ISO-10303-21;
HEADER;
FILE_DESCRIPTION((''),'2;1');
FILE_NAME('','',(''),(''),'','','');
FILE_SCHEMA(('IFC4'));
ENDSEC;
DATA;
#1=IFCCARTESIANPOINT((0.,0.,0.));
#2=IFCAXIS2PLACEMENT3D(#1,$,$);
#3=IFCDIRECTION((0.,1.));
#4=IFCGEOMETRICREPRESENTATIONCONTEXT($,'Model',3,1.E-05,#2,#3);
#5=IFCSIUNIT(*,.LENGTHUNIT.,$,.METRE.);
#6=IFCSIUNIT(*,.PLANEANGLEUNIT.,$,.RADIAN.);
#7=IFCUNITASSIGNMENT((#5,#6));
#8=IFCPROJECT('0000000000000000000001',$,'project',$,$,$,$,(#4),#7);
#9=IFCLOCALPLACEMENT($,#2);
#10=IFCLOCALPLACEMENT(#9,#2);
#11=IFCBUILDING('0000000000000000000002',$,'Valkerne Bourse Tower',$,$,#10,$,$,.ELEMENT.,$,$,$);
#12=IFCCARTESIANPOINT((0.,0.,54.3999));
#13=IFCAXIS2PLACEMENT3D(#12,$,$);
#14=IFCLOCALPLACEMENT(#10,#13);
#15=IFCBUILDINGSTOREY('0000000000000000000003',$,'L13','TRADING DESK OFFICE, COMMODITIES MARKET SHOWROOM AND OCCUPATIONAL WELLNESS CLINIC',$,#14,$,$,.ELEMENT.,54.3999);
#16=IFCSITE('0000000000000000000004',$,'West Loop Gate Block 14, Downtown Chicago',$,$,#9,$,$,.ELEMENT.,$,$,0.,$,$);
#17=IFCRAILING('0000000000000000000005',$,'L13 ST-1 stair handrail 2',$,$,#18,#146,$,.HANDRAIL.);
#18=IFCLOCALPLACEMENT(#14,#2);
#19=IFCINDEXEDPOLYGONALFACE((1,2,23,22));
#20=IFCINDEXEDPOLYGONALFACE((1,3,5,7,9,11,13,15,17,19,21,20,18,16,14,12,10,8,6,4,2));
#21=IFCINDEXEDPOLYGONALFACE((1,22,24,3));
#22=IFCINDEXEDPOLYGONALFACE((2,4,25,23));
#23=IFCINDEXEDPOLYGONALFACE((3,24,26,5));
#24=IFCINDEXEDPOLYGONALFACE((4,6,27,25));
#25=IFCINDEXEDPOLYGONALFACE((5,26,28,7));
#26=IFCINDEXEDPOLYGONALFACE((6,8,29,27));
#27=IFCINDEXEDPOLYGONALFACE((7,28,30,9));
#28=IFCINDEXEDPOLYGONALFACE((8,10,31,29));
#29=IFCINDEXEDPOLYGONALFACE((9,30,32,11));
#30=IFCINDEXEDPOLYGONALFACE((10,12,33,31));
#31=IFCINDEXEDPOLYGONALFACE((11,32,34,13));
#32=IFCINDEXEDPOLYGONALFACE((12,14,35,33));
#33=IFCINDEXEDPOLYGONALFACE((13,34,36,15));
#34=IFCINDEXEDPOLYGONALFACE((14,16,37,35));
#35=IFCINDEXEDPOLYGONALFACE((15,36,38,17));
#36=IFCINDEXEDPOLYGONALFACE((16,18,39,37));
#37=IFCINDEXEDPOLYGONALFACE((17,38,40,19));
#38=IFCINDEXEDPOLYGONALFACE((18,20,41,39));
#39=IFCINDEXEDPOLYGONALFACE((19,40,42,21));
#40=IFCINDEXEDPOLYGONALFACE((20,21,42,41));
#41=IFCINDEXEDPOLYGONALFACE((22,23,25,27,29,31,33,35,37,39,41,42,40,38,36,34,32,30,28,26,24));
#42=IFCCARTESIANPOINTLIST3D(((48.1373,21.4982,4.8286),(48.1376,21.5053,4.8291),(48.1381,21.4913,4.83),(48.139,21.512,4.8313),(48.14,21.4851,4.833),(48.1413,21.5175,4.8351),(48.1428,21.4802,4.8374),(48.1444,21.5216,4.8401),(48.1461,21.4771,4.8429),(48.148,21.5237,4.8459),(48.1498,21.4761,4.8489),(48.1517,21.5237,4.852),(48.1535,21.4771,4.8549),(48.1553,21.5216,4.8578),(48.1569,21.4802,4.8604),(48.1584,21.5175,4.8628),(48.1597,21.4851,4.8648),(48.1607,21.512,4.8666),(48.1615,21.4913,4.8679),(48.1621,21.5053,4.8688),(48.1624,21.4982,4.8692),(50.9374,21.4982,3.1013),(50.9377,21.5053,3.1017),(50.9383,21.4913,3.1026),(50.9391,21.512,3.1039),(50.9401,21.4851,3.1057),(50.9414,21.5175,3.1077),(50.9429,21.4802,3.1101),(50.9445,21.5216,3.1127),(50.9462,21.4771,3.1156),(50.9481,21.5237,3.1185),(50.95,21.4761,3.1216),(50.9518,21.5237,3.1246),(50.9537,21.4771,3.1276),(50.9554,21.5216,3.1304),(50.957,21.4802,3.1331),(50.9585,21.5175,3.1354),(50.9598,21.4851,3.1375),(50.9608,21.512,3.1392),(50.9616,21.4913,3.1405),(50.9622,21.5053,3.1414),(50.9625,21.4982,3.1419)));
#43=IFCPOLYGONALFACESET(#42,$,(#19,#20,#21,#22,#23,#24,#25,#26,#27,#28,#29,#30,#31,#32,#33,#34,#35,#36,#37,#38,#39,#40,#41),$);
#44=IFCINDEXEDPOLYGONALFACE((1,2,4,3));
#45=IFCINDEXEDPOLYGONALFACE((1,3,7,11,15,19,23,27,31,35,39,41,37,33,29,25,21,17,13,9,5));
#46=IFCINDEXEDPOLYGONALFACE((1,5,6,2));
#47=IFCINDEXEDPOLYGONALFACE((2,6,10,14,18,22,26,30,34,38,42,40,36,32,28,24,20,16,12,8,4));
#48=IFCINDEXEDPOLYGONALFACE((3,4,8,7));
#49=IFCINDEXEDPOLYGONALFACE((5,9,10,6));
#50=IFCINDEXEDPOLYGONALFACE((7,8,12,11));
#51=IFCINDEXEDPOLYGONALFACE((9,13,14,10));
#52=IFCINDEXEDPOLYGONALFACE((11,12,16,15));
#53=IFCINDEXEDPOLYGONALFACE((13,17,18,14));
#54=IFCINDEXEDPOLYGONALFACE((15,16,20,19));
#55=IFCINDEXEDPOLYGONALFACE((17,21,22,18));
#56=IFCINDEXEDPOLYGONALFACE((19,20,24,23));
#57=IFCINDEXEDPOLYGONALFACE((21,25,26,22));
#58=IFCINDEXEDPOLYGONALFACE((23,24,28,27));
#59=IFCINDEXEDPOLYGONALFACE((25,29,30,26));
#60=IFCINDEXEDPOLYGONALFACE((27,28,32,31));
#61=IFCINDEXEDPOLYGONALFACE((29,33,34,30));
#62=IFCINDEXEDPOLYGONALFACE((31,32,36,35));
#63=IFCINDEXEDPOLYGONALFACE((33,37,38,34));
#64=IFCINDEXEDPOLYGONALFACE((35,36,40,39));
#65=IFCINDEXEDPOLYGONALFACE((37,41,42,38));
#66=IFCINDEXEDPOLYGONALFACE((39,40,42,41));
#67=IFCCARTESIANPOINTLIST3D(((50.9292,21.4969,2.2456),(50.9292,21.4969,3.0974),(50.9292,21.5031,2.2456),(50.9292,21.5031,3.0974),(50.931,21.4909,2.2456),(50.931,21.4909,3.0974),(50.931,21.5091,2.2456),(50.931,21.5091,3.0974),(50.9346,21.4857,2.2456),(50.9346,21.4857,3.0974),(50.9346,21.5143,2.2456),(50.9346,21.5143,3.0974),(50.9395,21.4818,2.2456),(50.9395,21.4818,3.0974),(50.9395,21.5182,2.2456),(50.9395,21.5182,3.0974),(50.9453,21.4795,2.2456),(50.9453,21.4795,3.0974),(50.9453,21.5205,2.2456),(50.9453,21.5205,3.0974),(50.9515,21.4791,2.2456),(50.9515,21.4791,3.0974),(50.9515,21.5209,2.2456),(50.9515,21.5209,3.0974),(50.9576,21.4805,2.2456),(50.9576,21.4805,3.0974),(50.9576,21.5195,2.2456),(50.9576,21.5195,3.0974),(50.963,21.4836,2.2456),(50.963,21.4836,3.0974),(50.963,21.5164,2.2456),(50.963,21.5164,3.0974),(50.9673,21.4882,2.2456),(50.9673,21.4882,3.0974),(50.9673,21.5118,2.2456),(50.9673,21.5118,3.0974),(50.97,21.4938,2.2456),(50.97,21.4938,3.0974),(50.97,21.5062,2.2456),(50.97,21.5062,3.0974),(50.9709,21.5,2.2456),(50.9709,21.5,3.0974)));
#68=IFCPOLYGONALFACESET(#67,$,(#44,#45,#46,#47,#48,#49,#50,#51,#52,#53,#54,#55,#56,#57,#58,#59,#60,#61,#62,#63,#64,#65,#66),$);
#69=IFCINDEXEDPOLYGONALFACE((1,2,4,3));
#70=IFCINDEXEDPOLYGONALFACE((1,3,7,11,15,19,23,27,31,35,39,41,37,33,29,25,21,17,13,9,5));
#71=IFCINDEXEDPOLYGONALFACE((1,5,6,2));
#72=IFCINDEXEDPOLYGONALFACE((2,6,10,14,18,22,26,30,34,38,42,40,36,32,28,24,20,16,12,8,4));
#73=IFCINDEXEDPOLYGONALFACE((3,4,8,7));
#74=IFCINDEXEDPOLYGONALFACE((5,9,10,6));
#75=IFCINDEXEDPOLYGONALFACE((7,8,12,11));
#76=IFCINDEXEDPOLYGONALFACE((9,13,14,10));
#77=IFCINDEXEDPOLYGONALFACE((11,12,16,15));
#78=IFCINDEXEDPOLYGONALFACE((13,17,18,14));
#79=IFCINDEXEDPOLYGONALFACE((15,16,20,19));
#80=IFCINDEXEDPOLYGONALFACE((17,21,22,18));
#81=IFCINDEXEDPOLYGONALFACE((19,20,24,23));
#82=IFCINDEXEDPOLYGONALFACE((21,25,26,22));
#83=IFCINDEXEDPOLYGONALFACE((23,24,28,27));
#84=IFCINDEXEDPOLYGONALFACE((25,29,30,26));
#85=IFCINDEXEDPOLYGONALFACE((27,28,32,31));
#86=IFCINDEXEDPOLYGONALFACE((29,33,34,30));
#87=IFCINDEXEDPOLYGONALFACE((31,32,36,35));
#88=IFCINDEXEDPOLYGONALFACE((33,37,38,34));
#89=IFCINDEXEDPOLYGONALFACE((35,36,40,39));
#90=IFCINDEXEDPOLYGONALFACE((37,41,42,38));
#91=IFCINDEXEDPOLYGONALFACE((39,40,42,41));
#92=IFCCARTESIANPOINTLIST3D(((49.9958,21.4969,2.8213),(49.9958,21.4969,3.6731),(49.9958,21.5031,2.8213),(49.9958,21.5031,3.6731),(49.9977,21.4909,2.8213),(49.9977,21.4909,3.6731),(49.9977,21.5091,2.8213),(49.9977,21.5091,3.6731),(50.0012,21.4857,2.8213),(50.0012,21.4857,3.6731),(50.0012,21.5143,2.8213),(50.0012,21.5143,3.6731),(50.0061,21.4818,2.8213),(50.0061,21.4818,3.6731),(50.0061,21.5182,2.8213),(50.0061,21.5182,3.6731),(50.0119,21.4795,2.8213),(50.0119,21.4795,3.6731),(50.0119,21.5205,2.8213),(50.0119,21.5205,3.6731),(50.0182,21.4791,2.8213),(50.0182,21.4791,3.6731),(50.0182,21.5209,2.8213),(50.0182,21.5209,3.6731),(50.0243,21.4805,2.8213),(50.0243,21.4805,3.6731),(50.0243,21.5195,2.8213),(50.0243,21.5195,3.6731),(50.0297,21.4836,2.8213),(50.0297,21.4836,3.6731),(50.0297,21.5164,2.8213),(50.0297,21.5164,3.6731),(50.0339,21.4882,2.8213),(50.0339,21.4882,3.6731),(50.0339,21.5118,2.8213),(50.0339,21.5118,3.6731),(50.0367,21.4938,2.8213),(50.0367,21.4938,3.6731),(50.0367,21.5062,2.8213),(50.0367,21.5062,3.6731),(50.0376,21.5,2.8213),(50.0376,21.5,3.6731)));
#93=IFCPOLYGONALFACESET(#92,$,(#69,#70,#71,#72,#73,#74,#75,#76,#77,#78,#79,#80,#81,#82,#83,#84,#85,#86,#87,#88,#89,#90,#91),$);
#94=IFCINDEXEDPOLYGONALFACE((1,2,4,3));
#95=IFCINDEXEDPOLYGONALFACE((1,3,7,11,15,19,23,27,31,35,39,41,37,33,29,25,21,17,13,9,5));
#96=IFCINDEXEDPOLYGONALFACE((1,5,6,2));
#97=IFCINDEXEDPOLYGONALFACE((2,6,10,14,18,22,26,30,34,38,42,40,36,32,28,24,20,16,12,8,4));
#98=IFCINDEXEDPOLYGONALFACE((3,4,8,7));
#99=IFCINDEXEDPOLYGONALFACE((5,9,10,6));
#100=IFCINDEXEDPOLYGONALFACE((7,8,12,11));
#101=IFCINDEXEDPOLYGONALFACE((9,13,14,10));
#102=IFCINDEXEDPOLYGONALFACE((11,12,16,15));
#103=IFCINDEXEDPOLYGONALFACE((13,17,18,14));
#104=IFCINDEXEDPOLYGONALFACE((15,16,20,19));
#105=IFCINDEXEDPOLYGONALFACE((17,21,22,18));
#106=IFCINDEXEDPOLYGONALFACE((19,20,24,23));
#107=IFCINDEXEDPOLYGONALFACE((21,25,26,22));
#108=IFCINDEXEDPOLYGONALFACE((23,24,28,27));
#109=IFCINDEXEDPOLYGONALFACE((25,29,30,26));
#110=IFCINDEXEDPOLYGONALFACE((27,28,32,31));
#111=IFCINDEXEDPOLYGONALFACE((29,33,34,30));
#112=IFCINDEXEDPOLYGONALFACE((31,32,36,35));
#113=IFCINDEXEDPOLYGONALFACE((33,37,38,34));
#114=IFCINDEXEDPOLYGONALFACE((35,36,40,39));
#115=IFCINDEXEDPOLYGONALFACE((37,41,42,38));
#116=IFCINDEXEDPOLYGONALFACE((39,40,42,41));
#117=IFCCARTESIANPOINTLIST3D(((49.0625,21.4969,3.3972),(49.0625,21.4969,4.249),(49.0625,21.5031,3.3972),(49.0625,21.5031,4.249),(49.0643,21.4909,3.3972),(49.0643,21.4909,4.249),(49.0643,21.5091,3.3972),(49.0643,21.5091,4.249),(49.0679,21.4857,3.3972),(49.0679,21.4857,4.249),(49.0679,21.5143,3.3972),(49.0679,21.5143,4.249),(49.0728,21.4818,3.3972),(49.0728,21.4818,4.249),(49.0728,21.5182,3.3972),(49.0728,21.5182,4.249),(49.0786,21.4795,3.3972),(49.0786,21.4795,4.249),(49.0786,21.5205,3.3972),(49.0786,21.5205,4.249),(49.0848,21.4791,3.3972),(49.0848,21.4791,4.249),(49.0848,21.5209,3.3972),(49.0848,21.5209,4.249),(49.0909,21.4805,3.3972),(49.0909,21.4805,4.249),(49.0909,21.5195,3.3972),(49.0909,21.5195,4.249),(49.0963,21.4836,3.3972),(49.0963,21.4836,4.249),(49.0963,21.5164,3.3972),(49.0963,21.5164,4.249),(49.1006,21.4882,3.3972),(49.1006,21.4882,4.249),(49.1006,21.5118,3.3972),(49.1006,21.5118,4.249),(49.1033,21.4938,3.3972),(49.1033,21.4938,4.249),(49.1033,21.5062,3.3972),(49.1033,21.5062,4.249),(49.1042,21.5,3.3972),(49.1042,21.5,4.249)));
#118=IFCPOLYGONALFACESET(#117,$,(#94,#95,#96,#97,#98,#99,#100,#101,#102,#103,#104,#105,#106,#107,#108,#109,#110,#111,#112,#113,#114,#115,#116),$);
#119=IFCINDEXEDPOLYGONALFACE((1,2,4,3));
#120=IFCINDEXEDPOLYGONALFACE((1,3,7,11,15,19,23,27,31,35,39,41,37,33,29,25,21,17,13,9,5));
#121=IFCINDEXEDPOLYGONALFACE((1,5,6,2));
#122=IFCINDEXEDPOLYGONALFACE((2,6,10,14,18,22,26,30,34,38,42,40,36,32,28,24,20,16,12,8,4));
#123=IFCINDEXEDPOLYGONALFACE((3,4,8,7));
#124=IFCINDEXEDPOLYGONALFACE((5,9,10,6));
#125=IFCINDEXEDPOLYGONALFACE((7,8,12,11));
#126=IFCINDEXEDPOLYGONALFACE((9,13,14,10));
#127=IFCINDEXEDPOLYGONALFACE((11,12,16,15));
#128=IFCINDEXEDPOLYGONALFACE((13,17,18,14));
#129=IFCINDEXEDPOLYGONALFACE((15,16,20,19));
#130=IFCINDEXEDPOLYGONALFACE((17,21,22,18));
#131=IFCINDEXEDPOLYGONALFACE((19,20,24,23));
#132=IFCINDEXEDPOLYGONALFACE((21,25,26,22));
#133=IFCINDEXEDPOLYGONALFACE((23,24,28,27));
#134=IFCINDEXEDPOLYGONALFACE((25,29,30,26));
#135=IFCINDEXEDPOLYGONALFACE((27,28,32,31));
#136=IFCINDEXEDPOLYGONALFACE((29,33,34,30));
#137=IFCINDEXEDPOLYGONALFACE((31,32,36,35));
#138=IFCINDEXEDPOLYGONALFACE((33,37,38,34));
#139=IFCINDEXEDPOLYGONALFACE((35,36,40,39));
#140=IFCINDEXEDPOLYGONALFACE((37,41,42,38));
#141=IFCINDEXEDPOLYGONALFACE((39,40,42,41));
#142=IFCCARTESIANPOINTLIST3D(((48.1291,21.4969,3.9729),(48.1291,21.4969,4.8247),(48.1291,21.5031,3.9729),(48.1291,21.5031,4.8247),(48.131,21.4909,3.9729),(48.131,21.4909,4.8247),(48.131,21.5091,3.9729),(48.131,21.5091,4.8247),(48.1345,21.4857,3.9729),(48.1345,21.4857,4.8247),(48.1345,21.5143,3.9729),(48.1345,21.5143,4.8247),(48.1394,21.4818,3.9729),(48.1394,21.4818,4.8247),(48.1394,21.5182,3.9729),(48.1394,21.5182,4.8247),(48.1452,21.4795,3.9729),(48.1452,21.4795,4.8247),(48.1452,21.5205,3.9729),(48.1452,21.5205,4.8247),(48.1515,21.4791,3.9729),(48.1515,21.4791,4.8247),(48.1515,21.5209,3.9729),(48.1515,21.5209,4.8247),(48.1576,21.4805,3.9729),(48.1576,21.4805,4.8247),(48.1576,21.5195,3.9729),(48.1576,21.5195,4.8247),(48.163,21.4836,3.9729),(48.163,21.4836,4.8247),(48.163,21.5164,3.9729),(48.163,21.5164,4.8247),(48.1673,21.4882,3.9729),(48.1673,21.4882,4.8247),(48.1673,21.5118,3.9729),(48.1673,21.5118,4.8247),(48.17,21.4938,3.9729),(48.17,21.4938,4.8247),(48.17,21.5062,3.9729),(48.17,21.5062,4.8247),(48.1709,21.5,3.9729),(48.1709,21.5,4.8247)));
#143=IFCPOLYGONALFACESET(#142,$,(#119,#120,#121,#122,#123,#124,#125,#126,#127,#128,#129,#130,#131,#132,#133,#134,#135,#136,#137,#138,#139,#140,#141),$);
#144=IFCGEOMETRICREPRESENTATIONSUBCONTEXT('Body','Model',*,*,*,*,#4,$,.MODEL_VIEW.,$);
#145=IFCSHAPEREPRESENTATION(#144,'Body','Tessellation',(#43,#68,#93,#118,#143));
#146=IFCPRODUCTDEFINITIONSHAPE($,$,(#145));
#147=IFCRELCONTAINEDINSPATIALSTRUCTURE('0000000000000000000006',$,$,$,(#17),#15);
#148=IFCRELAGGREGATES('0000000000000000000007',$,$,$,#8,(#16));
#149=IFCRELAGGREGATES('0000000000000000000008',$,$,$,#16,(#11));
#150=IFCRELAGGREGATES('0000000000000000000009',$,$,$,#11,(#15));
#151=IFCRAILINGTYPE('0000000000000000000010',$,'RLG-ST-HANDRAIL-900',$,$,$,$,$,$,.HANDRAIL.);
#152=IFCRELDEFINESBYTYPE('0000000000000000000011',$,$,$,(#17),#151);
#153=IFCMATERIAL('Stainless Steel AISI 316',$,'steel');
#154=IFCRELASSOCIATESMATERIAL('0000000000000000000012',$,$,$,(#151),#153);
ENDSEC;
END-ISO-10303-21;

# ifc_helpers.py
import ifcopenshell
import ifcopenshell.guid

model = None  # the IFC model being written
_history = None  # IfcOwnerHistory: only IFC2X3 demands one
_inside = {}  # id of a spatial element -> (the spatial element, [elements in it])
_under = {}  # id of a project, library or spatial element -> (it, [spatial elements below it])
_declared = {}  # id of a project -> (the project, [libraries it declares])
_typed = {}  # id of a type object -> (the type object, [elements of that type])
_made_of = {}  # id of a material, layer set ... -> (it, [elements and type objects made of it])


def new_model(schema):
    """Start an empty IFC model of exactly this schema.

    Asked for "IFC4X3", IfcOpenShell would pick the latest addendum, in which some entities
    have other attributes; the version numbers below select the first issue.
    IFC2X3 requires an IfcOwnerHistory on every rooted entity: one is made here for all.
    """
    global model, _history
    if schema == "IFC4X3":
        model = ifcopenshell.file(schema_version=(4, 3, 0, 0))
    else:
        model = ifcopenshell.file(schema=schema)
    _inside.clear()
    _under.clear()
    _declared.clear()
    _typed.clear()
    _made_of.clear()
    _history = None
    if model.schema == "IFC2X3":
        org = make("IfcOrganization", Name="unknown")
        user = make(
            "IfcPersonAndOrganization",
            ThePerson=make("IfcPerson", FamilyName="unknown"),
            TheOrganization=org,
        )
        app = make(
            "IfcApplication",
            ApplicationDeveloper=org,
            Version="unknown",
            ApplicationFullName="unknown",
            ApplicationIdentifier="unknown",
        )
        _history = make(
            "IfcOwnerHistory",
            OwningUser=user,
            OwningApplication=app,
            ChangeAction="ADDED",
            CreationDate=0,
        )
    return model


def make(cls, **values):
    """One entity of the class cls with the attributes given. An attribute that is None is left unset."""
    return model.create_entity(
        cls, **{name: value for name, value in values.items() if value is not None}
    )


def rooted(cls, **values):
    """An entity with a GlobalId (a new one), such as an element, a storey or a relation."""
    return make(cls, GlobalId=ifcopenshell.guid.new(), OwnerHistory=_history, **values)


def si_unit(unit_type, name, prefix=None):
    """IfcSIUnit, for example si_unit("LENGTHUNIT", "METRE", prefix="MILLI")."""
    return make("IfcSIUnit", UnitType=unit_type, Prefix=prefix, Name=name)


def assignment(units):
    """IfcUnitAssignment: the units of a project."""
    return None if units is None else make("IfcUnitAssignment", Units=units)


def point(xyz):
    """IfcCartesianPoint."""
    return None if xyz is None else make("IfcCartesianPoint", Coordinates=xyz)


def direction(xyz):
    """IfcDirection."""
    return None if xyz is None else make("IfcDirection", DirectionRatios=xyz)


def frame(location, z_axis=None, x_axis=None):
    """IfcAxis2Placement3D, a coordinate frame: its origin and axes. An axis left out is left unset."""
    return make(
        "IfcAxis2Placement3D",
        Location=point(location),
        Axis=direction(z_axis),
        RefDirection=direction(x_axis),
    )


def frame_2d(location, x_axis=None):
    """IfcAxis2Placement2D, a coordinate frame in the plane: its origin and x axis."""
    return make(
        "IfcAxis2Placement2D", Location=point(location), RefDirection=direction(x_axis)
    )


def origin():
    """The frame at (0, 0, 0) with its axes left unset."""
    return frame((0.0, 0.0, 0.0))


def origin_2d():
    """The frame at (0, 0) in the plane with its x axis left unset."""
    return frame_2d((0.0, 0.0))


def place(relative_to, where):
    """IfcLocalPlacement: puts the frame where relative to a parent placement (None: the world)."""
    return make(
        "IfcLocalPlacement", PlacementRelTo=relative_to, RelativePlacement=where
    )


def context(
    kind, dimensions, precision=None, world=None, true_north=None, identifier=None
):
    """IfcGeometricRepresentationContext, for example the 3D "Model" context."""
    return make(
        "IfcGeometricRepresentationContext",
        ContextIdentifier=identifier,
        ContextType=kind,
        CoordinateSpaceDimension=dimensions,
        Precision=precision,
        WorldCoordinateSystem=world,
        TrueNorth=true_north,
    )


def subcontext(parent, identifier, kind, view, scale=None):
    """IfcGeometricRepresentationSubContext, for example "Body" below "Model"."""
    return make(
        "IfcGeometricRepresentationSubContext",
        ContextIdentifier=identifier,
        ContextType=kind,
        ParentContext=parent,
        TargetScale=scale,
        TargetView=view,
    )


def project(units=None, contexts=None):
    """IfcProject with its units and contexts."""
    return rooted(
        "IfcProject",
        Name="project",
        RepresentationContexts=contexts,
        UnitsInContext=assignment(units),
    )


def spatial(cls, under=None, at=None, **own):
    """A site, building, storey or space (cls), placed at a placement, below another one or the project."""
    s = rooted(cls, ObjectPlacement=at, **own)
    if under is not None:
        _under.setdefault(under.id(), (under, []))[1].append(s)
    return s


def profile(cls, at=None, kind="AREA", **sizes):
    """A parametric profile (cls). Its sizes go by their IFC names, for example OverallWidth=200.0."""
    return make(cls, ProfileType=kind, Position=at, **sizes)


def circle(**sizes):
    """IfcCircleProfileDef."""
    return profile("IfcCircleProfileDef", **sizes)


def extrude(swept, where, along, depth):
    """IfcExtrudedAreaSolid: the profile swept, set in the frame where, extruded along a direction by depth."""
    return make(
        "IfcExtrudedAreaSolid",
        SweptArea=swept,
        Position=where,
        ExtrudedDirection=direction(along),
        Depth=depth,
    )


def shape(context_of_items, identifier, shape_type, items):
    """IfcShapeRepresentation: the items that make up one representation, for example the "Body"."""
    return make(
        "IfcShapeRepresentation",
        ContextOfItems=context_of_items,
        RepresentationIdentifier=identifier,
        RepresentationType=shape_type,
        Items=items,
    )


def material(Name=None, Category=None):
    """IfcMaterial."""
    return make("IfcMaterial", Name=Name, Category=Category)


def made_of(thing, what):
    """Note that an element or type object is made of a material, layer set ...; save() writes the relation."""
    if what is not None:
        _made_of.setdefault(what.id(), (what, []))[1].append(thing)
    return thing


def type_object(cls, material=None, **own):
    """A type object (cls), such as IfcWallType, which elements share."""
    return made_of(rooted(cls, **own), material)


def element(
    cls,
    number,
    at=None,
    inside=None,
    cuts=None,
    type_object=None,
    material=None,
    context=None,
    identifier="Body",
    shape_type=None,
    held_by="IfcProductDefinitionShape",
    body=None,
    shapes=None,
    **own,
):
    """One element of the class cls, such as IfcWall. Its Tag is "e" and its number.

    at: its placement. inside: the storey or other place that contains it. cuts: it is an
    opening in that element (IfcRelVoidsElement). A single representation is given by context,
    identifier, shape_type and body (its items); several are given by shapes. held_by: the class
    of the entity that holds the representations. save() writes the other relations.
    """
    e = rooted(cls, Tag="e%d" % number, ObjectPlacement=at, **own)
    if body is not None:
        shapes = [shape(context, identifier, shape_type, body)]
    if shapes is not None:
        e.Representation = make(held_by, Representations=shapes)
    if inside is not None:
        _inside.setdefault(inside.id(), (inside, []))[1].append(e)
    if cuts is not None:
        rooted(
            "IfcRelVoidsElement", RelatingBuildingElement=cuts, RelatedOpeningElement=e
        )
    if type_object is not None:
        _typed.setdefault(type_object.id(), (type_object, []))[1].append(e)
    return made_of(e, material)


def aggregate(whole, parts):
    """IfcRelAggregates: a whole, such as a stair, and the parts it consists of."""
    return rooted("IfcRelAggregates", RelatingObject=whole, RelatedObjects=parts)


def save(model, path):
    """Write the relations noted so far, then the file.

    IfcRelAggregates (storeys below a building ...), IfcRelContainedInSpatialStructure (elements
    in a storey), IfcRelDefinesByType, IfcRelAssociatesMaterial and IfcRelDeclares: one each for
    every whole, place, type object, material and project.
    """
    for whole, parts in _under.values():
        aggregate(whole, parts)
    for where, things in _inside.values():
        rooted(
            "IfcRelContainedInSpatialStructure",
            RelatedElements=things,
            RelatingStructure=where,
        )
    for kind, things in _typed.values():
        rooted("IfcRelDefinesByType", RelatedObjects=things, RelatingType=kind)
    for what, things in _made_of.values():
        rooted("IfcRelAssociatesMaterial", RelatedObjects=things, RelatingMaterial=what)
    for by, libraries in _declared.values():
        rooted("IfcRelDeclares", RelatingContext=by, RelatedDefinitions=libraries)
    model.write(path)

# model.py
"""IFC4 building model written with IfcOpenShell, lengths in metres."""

from ifc_helpers import new_model, si_unit, direction, frame, origin, origin_2d, place, context, subcontext, project, spatial, circle, extrude, material, type_object, element, save


model = new_model("IFC4")

# Units and contexts
model_context = context("Model", 3, precision=1e-05, world=origin(), true_north=direction((0.0, 1.0)))
body_context = subcontext(model_context, "Body", "Model", "MODEL_VIEW")
ifc_project = project(units=[si_unit("LENGTHUNIT", "METRE"), si_unit("PLANEANGLEUNIT", "RADIAN")], contexts=[model_context])

# Site, building, storey
site_placement = place(None, origin())
site = spatial("IfcSite", under=ifc_project, at=site_placement, Name="West Loop Gate Block 14, Downtown Chicago", CompositionType="ELEMENT", RefElevation=0.0)
building_placement = place(site_placement, origin())
building = spatial("IfcBuilding", under=site, at=building_placement, Name="Valkerne Bourse Tower", CompositionType="ELEMENT")
storey_placement = place(building_placement, frame((0.0, 0.0, 54.3999)))
storey = spatial("IfcBuildingStorey", under=building, at=storey_placement, Name="L13", Description="TRADING DESK OFFICE, COMMODITIES MARKET SHOWROOM AND OCCUPATIONAL WELLNESS CLINIC", CompositionType="ELEMENT", Elevation=54.3999)

# Shared definitions
ifc_material_1 = material(Name="Stainless Steel AISI 316", Category="steel")

# Railing
railing_type_1 = type_object("IfcRailingType", Name="RLG-ST-HANDRAIL-900", PredefinedType="HANDRAIL", material=ifc_material_1)
railing_1_placement = place(storey_placement, frame((50.95, 21.5, 2.2456)))
element("IfcRailing", 1, at=railing_1_placement, inside=storey, type_object=railing_type_1, Name="L13 ST-1 stair handrail 2", PredefinedType="HANDRAIL", context=body_context, shape_type="SweptSolid", body=[
    extrude(circle(Radius=0.0239, at=origin_2d()), frame((0.0, 0.0, 0.876), z_axis=(-0.85109, 0.0, 0.52502), x_axis=(0.0, -1.0, 0.0)), (0.0, 0.0, 1.0), 3.29),
    extrude(circle(Radius=0.021, at=origin_2d()), origin(), (0.0, 0.0, 1.0), 0.8518),
    extrude(circle(Radius=0.021, at=origin_2d()), frame((-0.9333, 0.0, 0.5757)), (0.0, 0.0, 1.0), 0.8518),
    extrude(circle(Radius=0.021, at=origin_2d()), frame((-1.8667, 0.0, 1.1516)), (0.0, 0.0, 1.0), 0.8518),
    extrude(circle(Radius=0.021, at=origin_2d()), frame((-2.8, 0.0, 1.7273)), (0.0, 0.0, 1.0), 0.8518),
])

save(model, "model.ifc")
